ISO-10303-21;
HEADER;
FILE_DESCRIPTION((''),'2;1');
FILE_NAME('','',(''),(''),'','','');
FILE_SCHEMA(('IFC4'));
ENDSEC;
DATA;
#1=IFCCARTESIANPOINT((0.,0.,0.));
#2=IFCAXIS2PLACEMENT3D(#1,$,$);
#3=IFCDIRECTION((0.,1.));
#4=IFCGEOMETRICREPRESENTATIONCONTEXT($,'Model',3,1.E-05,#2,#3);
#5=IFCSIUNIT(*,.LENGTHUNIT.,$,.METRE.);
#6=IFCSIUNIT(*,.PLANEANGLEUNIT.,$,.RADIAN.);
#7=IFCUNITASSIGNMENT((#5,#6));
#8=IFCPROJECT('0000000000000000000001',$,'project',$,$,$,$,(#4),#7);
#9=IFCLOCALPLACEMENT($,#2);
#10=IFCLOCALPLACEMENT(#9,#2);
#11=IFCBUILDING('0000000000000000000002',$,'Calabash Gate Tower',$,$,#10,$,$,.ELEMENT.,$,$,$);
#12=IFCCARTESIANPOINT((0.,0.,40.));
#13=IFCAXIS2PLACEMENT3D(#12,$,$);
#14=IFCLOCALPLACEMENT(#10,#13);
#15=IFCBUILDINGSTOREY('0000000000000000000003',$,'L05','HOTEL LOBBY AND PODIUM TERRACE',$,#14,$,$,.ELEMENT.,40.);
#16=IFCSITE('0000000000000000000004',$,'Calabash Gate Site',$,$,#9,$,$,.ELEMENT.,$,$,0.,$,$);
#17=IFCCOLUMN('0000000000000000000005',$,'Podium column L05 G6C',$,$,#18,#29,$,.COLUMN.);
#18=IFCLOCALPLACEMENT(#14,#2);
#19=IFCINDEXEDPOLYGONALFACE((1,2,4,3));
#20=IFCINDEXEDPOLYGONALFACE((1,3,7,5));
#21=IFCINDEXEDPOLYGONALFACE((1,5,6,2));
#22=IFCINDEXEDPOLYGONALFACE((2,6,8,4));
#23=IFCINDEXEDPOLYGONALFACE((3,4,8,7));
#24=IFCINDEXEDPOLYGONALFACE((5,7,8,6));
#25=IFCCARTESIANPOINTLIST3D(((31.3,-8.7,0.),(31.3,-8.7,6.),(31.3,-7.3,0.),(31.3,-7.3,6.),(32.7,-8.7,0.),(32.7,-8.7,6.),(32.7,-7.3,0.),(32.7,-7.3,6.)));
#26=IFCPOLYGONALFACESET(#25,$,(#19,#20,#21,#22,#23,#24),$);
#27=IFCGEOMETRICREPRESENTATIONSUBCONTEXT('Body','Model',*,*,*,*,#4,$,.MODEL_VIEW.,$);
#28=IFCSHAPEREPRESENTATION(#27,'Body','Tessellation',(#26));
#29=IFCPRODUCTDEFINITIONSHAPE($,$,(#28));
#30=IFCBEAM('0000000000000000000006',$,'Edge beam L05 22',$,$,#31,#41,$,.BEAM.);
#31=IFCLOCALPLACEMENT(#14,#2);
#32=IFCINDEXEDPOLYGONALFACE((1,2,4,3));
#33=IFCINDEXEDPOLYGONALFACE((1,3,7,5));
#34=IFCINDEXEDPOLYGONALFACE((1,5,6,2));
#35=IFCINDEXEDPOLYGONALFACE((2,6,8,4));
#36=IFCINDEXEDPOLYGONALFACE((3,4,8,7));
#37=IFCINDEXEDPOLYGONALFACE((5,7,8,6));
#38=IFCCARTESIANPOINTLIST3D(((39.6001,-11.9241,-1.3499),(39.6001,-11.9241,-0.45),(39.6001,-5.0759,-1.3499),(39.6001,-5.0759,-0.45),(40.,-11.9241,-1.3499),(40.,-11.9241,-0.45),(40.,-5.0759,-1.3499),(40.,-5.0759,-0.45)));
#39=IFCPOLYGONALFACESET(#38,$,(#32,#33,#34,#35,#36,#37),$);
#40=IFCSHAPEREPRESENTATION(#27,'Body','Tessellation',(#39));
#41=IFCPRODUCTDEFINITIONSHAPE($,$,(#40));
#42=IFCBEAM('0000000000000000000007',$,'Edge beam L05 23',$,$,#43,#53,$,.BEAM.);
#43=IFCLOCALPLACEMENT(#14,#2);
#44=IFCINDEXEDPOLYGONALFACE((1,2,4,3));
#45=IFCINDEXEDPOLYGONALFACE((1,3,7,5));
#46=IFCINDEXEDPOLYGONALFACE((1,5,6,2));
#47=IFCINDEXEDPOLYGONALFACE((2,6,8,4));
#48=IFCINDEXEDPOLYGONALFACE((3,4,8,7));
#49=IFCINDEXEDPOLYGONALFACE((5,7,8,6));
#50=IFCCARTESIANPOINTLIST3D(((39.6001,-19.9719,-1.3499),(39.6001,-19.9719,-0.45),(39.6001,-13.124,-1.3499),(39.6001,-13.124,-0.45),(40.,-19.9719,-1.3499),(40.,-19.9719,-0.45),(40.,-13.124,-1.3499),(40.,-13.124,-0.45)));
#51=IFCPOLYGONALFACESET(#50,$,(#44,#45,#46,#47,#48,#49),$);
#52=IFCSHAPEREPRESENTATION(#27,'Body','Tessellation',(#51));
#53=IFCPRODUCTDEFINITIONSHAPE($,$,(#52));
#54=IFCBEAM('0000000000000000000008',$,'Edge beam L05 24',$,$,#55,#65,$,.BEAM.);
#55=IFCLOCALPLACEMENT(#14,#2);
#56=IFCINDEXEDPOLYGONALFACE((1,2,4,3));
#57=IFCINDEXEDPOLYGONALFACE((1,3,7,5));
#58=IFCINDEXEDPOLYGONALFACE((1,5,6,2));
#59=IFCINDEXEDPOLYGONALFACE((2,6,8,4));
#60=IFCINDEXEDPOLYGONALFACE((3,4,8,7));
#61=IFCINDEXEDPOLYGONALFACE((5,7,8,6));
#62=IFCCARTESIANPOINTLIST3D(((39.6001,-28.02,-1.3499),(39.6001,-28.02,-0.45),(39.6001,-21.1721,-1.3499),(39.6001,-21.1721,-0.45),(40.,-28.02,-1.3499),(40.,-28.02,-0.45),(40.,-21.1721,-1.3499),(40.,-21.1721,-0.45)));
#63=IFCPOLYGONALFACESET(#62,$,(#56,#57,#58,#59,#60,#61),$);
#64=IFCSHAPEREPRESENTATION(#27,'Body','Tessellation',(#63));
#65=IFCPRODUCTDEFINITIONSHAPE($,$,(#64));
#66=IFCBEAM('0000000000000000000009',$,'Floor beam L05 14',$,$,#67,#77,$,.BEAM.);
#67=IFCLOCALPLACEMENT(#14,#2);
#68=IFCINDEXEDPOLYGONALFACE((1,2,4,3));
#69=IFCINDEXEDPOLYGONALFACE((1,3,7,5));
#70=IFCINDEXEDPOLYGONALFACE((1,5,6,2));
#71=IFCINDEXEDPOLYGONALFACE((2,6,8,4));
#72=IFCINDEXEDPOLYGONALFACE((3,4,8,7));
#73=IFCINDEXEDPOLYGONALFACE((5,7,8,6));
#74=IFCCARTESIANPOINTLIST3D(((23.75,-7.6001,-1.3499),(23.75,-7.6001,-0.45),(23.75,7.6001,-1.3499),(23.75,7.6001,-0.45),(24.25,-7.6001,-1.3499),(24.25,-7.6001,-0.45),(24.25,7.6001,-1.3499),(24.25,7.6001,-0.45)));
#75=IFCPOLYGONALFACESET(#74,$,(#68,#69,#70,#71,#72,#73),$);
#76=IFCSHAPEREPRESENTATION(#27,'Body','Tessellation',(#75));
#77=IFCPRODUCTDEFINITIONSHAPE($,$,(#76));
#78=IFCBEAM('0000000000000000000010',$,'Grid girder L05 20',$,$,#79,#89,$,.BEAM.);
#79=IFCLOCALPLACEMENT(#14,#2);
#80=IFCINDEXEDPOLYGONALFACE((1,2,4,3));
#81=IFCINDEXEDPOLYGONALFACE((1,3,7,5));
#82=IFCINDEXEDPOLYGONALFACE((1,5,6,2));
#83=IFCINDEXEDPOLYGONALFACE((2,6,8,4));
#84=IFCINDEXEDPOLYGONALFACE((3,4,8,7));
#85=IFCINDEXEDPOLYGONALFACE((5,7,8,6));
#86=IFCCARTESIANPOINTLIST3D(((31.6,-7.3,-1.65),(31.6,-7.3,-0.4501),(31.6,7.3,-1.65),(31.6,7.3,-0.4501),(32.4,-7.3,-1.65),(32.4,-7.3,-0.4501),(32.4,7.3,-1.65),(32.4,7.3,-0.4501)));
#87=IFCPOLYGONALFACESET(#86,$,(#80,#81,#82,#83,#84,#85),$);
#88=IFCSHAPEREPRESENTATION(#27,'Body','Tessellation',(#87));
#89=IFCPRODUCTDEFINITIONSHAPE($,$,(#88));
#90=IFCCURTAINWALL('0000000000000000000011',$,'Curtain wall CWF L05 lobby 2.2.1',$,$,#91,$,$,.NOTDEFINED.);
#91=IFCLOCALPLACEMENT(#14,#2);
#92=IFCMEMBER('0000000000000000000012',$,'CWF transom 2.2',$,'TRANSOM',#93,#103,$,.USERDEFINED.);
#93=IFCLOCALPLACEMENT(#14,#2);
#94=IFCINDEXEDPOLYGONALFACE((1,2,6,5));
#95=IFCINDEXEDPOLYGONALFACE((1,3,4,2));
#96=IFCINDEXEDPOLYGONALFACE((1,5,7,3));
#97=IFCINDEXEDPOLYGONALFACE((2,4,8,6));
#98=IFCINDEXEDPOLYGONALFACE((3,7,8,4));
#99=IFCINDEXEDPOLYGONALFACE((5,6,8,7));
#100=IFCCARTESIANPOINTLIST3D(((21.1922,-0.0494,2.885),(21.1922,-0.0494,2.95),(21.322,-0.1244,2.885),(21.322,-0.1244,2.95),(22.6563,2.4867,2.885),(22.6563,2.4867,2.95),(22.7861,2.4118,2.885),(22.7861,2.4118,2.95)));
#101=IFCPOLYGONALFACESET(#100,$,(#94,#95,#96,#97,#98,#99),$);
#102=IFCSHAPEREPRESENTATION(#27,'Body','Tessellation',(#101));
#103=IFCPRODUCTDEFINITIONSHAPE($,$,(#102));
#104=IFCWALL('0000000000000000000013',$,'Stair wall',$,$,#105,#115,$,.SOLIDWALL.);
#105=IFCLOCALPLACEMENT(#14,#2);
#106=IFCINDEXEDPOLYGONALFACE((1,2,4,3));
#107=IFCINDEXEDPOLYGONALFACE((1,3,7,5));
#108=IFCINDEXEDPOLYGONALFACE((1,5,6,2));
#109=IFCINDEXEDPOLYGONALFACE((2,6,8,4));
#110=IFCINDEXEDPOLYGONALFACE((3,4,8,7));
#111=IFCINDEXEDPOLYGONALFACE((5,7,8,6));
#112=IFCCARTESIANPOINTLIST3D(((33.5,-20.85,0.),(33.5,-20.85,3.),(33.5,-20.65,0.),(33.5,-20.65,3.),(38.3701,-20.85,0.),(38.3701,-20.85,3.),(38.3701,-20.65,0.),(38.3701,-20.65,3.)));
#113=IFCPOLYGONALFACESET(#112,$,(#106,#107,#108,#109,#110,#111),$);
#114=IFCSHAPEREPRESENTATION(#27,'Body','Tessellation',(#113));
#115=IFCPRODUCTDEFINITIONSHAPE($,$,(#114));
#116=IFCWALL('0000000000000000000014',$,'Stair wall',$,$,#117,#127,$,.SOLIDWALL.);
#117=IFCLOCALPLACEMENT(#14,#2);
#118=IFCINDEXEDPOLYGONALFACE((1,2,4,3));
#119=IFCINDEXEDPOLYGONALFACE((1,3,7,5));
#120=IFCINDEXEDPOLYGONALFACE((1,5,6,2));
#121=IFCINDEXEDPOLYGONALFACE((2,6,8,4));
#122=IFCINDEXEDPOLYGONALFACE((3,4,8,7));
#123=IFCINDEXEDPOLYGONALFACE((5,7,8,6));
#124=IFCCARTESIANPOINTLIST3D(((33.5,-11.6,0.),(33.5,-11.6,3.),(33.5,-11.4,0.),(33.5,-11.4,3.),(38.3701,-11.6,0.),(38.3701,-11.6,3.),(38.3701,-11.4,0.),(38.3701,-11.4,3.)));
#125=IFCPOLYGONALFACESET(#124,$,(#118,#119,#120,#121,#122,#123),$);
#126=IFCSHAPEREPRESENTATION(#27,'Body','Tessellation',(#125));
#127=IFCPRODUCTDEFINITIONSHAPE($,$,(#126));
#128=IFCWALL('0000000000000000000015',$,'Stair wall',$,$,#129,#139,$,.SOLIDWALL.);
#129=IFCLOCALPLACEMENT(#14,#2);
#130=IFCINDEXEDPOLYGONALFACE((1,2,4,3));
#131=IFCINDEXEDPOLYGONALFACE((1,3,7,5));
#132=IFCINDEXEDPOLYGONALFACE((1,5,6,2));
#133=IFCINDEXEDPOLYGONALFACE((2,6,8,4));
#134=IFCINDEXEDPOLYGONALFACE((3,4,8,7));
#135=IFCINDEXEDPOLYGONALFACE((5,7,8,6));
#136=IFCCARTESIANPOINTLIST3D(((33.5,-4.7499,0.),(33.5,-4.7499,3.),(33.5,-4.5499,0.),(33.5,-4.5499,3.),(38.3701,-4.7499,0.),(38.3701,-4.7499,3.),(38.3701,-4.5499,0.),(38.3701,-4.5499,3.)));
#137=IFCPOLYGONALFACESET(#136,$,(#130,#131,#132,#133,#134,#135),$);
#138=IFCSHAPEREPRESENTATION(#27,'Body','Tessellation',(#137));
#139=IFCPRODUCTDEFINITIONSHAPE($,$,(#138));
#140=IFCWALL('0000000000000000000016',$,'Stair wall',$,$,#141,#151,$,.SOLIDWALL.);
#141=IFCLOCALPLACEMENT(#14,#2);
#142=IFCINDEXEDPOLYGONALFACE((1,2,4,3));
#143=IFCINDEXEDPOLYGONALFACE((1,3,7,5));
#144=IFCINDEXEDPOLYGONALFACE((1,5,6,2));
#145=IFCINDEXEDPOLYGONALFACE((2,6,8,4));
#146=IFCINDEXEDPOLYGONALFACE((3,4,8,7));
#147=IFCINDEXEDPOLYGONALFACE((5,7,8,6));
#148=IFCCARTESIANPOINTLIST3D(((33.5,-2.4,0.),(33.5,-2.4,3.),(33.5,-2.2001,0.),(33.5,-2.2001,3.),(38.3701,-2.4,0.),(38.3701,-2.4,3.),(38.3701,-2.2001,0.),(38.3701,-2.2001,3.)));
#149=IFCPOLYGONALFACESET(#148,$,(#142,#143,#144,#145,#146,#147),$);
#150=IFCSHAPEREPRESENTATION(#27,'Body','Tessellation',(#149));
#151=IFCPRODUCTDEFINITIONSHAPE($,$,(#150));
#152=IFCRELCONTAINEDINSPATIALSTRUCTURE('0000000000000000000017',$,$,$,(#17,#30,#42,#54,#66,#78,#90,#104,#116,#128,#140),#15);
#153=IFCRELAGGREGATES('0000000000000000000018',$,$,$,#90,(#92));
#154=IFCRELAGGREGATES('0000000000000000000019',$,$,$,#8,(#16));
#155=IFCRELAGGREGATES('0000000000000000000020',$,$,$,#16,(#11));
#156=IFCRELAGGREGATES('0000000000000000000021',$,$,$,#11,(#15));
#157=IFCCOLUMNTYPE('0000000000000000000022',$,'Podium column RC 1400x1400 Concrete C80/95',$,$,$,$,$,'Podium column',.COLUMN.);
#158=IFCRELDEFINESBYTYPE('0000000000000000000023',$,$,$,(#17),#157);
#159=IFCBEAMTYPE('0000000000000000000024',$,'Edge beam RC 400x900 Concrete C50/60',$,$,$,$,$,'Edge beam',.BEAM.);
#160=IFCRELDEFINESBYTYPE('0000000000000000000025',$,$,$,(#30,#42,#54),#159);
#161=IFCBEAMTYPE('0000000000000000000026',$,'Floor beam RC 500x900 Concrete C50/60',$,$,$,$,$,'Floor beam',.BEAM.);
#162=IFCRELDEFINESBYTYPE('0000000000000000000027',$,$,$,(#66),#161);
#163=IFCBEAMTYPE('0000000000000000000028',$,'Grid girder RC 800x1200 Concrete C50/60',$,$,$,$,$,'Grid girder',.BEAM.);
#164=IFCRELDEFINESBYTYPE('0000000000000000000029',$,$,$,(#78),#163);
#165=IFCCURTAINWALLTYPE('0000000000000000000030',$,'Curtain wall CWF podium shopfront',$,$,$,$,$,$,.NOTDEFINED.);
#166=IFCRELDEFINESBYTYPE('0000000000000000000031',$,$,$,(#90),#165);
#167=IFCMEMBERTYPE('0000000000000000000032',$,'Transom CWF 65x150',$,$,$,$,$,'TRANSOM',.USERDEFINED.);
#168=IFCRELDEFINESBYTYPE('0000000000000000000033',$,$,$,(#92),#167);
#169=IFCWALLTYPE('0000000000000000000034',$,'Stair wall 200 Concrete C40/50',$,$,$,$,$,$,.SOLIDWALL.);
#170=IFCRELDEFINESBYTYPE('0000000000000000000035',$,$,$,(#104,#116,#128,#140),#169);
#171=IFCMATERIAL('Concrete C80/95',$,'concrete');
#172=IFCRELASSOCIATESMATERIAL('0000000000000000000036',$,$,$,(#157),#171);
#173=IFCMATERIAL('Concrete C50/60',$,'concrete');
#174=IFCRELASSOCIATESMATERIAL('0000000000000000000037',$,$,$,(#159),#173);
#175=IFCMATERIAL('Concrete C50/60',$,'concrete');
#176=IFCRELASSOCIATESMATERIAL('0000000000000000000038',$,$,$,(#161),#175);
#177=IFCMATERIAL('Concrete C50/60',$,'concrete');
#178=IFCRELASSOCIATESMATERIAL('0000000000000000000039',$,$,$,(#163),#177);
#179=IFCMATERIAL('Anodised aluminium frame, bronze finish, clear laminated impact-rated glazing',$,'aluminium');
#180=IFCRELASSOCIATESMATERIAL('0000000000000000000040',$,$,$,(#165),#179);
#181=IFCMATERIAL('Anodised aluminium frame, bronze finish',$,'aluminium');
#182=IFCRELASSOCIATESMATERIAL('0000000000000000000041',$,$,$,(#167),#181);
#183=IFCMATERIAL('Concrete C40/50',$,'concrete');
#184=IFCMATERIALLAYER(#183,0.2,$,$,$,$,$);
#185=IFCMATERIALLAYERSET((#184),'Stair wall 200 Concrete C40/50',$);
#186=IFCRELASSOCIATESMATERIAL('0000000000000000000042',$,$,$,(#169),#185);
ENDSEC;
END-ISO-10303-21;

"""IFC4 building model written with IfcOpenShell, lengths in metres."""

from ifc_helpers import new_model, si_unit, direction, frame, frame_2d, origin, origin_2d, place, context, subcontext, project, spatial, rectangle, extrude, material, layer, layer_set, material_profile, profile_set, type_object, element, aggregate, save


model = new_model("IFC4")

# Units and contexts
model_context = context("Model", 3, precision=1e-05, world=origin(), true_north=direction((0.0, 1.0)))
body_context = subcontext(model_context, "Body", "Model", "MODEL_VIEW")
ifc_project = project(units=[si_unit("LENGTHUNIT", "METRE"), si_unit("PLANEANGLEUNIT", "RADIAN")], contexts=[model_context])

# Site, building, storey
site_placement = place(None, origin())
site = spatial("IfcSite", under=ifc_project, at=site_placement, Name="Calabash Gate Site", CompositionType="ELEMENT", RefElevation=0.0)
building_placement = place(site_placement, origin())
building = spatial("IfcBuilding", under=site, at=building_placement, Name="Calabash Gate Tower", CompositionType="ELEMENT")
storey_placement = place(building_placement, frame((0.0, 0.0, 40.0)))
storey = spatial("IfcBuildingStorey", under=building, at=storey_placement, Name="L05", Description="HOTEL LOBBY AND PODIUM TERRACE", CompositionType="ELEMENT", Elevation=40.0)

# Column
ifc_material_1 = material(Name="Concrete C80/95", Category="concrete")
ifc_material_profile_1 = material_profile(ifc_material_1, rectangle(XDim=1.3999, YDim=1.3999, at=origin_2d()))
ifc_profile_set_1 = profile_set([ifc_material_profile_1], Name="Concrete C80/95")
column_type = type_object("IfcColumnType", Name="Podium column RC 1400x1400 Concrete C80/95", ElementType="Podium column", PredefinedType="COLUMN", material=ifc_profile_set_1)
column_placement = place(storey_placement, frame((32.0, -8.0, 0.0), z_axis=(0.0, 0.0, 1.0), x_axis=(1.0, 0.0, 0.0)))
element("IfcColumn", 1, at=column_placement, inside=storey, type_object=column_type, Name="Podium column L05 G6C", PredefinedType="COLUMN", context=body_context, shape_type="SweptSolid", body=[
    extrude(rectangle(XDim=1.3999, YDim=1.3999, at=origin_2d()), origin(), (0.0, 0.0, 1.0), 6.0),
])

# Beams
ifc_material_2 = material(Name="Concrete C50/60", Category="concrete")
ifc_material_profile_2 = material_profile(ifc_material_2, rectangle(XDim=0.3999, YDim=0.8999, at=origin_2d()))
ifc_profile_set_2 = profile_set([ifc_material_profile_2], Name="Concrete C50/60")
beam_type_1 = type_object("IfcBeamType", Name="Edge beam RC 400x900 Concrete C50/60", ElementType="Edge beam", PredefinedType="BEAM", material=ifc_profile_set_2)
beam_1_placement = place(storey_placement, frame((39.8, -5.0759, -0.8999), z_axis=(0.0, -1.0, 0.0), x_axis=(1.0, 0.0, 0.0)))
element("IfcBeam", 2, at=beam_1_placement, inside=storey, type_object=beam_type_1, Name="Edge beam L05 22", PredefinedType="BEAM", context=body_context, shape_type="SweptSolid", body=[
    extrude(rectangle(XDim=0.3999, YDim=0.8999, at=origin_2d()), origin(), (0.0, 0.0, 1.0), 6.8481),
])
for number, where, z_axis, x_axis, name in (
    (3, (39.8, -13.124, -0.8999), (0.0, -1.0, 0.0), (1.0, 0.0, 0.0), "Edge beam L05 23"),
    (4, (39.8, -21.1721, -0.8999), (0.0, -1.0, 0.0), (1.0, 0.0, 0.0), "Edge beam L05 24"),
):
    element("IfcBeam", number, at=place(storey_placement, frame(where, z_axis=z_axis, x_axis=x_axis)), inside=storey, type_object=beam_type_1, Name=name, PredefinedType="BEAM", context=body_context, shape_type="SweptSolid", body=[
        extrude(rectangle(XDim=0.3999, YDim=0.8999, at=origin_2d()), origin(), (0.0, 0.0, 1.0), 6.8479),
    ])
ifc_material_3 = material(Name="Concrete C50/60", Category="concrete")
ifc_material_profile_3 = material_profile(ifc_material_3, rectangle(XDim=0.5, YDim=0.8999, at=origin_2d()))
ifc_profile_set_3 = profile_set([ifc_material_profile_3], Name="Concrete C50/60")
beam_type_2 = type_object("IfcBeamType", Name="Floor beam RC 500x900 Concrete C50/60", ElementType="Floor beam", PredefinedType="BEAM", material=ifc_profile_set_3)
beam_2_placement = place(storey_placement, frame((24.0, -7.6001, -0.8999), z_axis=(0.0, 1.0, 0.0), x_axis=(-1.0, 0.0, 0.0)))
element("IfcBeam", 5, at=beam_2_placement, inside=storey, type_object=beam_type_2, Name="Floor beam L05 14", PredefinedType="BEAM", context=body_context, shape_type="SweptSolid", body=[
    extrude(rectangle(XDim=0.5, YDim=0.8999, at=origin_2d()), origin(), (0.0, 0.0, 1.0), 15.2002),
])
ifc_material_4 = material(Name="Concrete C50/60", Category="concrete")
ifc_material_profile_4 = material_profile(ifc_material_4, rectangle(XDim=0.8, YDim=1.2, at=origin_2d()))
ifc_profile_set_4 = profile_set([ifc_material_profile_4], Name="Concrete C50/60")
beam_type_3 = type_object("IfcBeamType", Name="Grid girder RC 800x1200 Concrete C50/60", ElementType="Grid girder", PredefinedType="BEAM", material=ifc_profile_set_4)
beam_3_placement = place(storey_placement, frame((32.0, -7.3, -1.05), z_axis=(0.0, 1.0, 0.0), x_axis=(-1.0, 0.0, 0.0)))
element("IfcBeam", 6, at=beam_3_placement, inside=storey, type_object=beam_type_3, Name="Grid girder L05 20", PredefinedType="BEAM", context=body_context, shape_type="SweptSolid", body=[
    extrude(rectangle(XDim=0.8, YDim=1.2, at=origin_2d()), origin(), (0.0, 0.0, 1.0), 14.6001),
])

# Curtain wall, member
ifc_material_5 = material(Name="Anodised aluminium frame, bronze finish, clear laminated impact-rated glazing", Category="aluminium")
curtain_wall_type = type_object("IfcCurtainWallType", Name="Curtain wall CWF podium shopfront", PredefinedType="NOTDEFINED", material=ifc_material_5)
curtain_wall_placement = place(storey_placement, origin())
curtain_wall = element("IfcCurtainWall", 7, at=curtain_wall_placement, inside=storey, type_object=curtain_wall_type, Name="Curtain wall CWF L05 lobby 2.2.1", PredefinedType="NOTDEFINED")
ifc_material_6 = material(Name="Anodised aluminium frame, bronze finish", Category="aluminium")
ifc_material_profile_5 = material_profile(ifc_material_6, rectangle(XDim=0.1499, YDim=0.0649, at=origin_2d()))
ifc_profile_set_5 = profile_set([ifc_material_profile_5], Name="Anodised aluminium frame, bronze finish")
member_type = type_object("IfcMemberType", Name="Transom CWF 65x150", ElementType="TRANSOM", PredefinedType="USERDEFINED", material=ifc_profile_set_5)
member_placement = place(storey_placement, frame((21.2571, -0.0869, 2.9175), z_axis=(0.499968, 0.866044, 0.0), x_axis=(-0.866044, 0.499968, 0.0)))
member = element("IfcMember", 8, at=member_placement, type_object=member_type, Name="CWF transom 2.2", ObjectType="TRANSOM", PredefinedType="USERDEFINED", context=body_context, shape_type="SweptSolid", body=[
    extrude(rectangle(XDim=0.1499, YDim=0.0649, at=origin_2d()), origin(), (0.0, 0.0, 1.0), 2.9285),
])
aggregate(curtain_wall, [member])

# Walls
ifc_material_7 = material(Name="Concrete C40/50", Category="concrete")
ifc_layer = layer(ifc_material_7, 0.2)
ifc_layer_set = layer_set([ifc_layer], Name="Stair wall 200 Concrete C40/50")
wall_type = type_object("IfcWallType", Name="Stair wall 200 Concrete C40/50", PredefinedType="SOLIDWALL", material=ifc_layer_set)
for number, where, z_axis, x_axis, name in (
    (9, (33.5, -20.75, 0.0), (0.0, 0.0, 1.0), (1.0, 0.0, 0.0), "Stair wall"),
    (10, (33.5, -11.5, 0.0), (0.0, 0.0, 1.0), (1.0, 0.0, 0.0), "Stair wall"),
    (11, (33.5, -4.6499, 0.0), (0.0, 0.0, 1.0), (1.0, 0.0, 0.0), "Stair wall"),
):
    element("IfcWall", number, at=place(storey_placement, frame(where, z_axis=z_axis, x_axis=x_axis)), inside=storey, type_object=wall_type, Name=name, PredefinedType="SOLIDWALL", context=body_context, shape_type="SweptSolid", body=[
        extrude(rectangle(XDim=4.8701, YDim=0.2, at=frame_2d((2.4351, 0.0))), origin(), (0.0, 0.0, 1.0), 3.0),
    ])

# Wall
wall_1_placement = place(storey_placement, frame((33.5, -2.3, 0.0), z_axis=(0.0, 0.0, 1.0), x_axis=(1.0, 0.0, 0.0)))
element("IfcWall", 12, at=wall_1_placement, inside=storey, type_object=wall_type, Name="Stair wall", PredefinedType="SOLIDWALL", context=body_context, shape_type="SweptSolid", body=[
    extrude(rectangle(XDim=4.8701, YDim=0.2, at=frame_2d((2.4351, 0.0))), origin(), (0.0, 0.0, 1.0), 3.0),
])

save(model, "model.ifc")
